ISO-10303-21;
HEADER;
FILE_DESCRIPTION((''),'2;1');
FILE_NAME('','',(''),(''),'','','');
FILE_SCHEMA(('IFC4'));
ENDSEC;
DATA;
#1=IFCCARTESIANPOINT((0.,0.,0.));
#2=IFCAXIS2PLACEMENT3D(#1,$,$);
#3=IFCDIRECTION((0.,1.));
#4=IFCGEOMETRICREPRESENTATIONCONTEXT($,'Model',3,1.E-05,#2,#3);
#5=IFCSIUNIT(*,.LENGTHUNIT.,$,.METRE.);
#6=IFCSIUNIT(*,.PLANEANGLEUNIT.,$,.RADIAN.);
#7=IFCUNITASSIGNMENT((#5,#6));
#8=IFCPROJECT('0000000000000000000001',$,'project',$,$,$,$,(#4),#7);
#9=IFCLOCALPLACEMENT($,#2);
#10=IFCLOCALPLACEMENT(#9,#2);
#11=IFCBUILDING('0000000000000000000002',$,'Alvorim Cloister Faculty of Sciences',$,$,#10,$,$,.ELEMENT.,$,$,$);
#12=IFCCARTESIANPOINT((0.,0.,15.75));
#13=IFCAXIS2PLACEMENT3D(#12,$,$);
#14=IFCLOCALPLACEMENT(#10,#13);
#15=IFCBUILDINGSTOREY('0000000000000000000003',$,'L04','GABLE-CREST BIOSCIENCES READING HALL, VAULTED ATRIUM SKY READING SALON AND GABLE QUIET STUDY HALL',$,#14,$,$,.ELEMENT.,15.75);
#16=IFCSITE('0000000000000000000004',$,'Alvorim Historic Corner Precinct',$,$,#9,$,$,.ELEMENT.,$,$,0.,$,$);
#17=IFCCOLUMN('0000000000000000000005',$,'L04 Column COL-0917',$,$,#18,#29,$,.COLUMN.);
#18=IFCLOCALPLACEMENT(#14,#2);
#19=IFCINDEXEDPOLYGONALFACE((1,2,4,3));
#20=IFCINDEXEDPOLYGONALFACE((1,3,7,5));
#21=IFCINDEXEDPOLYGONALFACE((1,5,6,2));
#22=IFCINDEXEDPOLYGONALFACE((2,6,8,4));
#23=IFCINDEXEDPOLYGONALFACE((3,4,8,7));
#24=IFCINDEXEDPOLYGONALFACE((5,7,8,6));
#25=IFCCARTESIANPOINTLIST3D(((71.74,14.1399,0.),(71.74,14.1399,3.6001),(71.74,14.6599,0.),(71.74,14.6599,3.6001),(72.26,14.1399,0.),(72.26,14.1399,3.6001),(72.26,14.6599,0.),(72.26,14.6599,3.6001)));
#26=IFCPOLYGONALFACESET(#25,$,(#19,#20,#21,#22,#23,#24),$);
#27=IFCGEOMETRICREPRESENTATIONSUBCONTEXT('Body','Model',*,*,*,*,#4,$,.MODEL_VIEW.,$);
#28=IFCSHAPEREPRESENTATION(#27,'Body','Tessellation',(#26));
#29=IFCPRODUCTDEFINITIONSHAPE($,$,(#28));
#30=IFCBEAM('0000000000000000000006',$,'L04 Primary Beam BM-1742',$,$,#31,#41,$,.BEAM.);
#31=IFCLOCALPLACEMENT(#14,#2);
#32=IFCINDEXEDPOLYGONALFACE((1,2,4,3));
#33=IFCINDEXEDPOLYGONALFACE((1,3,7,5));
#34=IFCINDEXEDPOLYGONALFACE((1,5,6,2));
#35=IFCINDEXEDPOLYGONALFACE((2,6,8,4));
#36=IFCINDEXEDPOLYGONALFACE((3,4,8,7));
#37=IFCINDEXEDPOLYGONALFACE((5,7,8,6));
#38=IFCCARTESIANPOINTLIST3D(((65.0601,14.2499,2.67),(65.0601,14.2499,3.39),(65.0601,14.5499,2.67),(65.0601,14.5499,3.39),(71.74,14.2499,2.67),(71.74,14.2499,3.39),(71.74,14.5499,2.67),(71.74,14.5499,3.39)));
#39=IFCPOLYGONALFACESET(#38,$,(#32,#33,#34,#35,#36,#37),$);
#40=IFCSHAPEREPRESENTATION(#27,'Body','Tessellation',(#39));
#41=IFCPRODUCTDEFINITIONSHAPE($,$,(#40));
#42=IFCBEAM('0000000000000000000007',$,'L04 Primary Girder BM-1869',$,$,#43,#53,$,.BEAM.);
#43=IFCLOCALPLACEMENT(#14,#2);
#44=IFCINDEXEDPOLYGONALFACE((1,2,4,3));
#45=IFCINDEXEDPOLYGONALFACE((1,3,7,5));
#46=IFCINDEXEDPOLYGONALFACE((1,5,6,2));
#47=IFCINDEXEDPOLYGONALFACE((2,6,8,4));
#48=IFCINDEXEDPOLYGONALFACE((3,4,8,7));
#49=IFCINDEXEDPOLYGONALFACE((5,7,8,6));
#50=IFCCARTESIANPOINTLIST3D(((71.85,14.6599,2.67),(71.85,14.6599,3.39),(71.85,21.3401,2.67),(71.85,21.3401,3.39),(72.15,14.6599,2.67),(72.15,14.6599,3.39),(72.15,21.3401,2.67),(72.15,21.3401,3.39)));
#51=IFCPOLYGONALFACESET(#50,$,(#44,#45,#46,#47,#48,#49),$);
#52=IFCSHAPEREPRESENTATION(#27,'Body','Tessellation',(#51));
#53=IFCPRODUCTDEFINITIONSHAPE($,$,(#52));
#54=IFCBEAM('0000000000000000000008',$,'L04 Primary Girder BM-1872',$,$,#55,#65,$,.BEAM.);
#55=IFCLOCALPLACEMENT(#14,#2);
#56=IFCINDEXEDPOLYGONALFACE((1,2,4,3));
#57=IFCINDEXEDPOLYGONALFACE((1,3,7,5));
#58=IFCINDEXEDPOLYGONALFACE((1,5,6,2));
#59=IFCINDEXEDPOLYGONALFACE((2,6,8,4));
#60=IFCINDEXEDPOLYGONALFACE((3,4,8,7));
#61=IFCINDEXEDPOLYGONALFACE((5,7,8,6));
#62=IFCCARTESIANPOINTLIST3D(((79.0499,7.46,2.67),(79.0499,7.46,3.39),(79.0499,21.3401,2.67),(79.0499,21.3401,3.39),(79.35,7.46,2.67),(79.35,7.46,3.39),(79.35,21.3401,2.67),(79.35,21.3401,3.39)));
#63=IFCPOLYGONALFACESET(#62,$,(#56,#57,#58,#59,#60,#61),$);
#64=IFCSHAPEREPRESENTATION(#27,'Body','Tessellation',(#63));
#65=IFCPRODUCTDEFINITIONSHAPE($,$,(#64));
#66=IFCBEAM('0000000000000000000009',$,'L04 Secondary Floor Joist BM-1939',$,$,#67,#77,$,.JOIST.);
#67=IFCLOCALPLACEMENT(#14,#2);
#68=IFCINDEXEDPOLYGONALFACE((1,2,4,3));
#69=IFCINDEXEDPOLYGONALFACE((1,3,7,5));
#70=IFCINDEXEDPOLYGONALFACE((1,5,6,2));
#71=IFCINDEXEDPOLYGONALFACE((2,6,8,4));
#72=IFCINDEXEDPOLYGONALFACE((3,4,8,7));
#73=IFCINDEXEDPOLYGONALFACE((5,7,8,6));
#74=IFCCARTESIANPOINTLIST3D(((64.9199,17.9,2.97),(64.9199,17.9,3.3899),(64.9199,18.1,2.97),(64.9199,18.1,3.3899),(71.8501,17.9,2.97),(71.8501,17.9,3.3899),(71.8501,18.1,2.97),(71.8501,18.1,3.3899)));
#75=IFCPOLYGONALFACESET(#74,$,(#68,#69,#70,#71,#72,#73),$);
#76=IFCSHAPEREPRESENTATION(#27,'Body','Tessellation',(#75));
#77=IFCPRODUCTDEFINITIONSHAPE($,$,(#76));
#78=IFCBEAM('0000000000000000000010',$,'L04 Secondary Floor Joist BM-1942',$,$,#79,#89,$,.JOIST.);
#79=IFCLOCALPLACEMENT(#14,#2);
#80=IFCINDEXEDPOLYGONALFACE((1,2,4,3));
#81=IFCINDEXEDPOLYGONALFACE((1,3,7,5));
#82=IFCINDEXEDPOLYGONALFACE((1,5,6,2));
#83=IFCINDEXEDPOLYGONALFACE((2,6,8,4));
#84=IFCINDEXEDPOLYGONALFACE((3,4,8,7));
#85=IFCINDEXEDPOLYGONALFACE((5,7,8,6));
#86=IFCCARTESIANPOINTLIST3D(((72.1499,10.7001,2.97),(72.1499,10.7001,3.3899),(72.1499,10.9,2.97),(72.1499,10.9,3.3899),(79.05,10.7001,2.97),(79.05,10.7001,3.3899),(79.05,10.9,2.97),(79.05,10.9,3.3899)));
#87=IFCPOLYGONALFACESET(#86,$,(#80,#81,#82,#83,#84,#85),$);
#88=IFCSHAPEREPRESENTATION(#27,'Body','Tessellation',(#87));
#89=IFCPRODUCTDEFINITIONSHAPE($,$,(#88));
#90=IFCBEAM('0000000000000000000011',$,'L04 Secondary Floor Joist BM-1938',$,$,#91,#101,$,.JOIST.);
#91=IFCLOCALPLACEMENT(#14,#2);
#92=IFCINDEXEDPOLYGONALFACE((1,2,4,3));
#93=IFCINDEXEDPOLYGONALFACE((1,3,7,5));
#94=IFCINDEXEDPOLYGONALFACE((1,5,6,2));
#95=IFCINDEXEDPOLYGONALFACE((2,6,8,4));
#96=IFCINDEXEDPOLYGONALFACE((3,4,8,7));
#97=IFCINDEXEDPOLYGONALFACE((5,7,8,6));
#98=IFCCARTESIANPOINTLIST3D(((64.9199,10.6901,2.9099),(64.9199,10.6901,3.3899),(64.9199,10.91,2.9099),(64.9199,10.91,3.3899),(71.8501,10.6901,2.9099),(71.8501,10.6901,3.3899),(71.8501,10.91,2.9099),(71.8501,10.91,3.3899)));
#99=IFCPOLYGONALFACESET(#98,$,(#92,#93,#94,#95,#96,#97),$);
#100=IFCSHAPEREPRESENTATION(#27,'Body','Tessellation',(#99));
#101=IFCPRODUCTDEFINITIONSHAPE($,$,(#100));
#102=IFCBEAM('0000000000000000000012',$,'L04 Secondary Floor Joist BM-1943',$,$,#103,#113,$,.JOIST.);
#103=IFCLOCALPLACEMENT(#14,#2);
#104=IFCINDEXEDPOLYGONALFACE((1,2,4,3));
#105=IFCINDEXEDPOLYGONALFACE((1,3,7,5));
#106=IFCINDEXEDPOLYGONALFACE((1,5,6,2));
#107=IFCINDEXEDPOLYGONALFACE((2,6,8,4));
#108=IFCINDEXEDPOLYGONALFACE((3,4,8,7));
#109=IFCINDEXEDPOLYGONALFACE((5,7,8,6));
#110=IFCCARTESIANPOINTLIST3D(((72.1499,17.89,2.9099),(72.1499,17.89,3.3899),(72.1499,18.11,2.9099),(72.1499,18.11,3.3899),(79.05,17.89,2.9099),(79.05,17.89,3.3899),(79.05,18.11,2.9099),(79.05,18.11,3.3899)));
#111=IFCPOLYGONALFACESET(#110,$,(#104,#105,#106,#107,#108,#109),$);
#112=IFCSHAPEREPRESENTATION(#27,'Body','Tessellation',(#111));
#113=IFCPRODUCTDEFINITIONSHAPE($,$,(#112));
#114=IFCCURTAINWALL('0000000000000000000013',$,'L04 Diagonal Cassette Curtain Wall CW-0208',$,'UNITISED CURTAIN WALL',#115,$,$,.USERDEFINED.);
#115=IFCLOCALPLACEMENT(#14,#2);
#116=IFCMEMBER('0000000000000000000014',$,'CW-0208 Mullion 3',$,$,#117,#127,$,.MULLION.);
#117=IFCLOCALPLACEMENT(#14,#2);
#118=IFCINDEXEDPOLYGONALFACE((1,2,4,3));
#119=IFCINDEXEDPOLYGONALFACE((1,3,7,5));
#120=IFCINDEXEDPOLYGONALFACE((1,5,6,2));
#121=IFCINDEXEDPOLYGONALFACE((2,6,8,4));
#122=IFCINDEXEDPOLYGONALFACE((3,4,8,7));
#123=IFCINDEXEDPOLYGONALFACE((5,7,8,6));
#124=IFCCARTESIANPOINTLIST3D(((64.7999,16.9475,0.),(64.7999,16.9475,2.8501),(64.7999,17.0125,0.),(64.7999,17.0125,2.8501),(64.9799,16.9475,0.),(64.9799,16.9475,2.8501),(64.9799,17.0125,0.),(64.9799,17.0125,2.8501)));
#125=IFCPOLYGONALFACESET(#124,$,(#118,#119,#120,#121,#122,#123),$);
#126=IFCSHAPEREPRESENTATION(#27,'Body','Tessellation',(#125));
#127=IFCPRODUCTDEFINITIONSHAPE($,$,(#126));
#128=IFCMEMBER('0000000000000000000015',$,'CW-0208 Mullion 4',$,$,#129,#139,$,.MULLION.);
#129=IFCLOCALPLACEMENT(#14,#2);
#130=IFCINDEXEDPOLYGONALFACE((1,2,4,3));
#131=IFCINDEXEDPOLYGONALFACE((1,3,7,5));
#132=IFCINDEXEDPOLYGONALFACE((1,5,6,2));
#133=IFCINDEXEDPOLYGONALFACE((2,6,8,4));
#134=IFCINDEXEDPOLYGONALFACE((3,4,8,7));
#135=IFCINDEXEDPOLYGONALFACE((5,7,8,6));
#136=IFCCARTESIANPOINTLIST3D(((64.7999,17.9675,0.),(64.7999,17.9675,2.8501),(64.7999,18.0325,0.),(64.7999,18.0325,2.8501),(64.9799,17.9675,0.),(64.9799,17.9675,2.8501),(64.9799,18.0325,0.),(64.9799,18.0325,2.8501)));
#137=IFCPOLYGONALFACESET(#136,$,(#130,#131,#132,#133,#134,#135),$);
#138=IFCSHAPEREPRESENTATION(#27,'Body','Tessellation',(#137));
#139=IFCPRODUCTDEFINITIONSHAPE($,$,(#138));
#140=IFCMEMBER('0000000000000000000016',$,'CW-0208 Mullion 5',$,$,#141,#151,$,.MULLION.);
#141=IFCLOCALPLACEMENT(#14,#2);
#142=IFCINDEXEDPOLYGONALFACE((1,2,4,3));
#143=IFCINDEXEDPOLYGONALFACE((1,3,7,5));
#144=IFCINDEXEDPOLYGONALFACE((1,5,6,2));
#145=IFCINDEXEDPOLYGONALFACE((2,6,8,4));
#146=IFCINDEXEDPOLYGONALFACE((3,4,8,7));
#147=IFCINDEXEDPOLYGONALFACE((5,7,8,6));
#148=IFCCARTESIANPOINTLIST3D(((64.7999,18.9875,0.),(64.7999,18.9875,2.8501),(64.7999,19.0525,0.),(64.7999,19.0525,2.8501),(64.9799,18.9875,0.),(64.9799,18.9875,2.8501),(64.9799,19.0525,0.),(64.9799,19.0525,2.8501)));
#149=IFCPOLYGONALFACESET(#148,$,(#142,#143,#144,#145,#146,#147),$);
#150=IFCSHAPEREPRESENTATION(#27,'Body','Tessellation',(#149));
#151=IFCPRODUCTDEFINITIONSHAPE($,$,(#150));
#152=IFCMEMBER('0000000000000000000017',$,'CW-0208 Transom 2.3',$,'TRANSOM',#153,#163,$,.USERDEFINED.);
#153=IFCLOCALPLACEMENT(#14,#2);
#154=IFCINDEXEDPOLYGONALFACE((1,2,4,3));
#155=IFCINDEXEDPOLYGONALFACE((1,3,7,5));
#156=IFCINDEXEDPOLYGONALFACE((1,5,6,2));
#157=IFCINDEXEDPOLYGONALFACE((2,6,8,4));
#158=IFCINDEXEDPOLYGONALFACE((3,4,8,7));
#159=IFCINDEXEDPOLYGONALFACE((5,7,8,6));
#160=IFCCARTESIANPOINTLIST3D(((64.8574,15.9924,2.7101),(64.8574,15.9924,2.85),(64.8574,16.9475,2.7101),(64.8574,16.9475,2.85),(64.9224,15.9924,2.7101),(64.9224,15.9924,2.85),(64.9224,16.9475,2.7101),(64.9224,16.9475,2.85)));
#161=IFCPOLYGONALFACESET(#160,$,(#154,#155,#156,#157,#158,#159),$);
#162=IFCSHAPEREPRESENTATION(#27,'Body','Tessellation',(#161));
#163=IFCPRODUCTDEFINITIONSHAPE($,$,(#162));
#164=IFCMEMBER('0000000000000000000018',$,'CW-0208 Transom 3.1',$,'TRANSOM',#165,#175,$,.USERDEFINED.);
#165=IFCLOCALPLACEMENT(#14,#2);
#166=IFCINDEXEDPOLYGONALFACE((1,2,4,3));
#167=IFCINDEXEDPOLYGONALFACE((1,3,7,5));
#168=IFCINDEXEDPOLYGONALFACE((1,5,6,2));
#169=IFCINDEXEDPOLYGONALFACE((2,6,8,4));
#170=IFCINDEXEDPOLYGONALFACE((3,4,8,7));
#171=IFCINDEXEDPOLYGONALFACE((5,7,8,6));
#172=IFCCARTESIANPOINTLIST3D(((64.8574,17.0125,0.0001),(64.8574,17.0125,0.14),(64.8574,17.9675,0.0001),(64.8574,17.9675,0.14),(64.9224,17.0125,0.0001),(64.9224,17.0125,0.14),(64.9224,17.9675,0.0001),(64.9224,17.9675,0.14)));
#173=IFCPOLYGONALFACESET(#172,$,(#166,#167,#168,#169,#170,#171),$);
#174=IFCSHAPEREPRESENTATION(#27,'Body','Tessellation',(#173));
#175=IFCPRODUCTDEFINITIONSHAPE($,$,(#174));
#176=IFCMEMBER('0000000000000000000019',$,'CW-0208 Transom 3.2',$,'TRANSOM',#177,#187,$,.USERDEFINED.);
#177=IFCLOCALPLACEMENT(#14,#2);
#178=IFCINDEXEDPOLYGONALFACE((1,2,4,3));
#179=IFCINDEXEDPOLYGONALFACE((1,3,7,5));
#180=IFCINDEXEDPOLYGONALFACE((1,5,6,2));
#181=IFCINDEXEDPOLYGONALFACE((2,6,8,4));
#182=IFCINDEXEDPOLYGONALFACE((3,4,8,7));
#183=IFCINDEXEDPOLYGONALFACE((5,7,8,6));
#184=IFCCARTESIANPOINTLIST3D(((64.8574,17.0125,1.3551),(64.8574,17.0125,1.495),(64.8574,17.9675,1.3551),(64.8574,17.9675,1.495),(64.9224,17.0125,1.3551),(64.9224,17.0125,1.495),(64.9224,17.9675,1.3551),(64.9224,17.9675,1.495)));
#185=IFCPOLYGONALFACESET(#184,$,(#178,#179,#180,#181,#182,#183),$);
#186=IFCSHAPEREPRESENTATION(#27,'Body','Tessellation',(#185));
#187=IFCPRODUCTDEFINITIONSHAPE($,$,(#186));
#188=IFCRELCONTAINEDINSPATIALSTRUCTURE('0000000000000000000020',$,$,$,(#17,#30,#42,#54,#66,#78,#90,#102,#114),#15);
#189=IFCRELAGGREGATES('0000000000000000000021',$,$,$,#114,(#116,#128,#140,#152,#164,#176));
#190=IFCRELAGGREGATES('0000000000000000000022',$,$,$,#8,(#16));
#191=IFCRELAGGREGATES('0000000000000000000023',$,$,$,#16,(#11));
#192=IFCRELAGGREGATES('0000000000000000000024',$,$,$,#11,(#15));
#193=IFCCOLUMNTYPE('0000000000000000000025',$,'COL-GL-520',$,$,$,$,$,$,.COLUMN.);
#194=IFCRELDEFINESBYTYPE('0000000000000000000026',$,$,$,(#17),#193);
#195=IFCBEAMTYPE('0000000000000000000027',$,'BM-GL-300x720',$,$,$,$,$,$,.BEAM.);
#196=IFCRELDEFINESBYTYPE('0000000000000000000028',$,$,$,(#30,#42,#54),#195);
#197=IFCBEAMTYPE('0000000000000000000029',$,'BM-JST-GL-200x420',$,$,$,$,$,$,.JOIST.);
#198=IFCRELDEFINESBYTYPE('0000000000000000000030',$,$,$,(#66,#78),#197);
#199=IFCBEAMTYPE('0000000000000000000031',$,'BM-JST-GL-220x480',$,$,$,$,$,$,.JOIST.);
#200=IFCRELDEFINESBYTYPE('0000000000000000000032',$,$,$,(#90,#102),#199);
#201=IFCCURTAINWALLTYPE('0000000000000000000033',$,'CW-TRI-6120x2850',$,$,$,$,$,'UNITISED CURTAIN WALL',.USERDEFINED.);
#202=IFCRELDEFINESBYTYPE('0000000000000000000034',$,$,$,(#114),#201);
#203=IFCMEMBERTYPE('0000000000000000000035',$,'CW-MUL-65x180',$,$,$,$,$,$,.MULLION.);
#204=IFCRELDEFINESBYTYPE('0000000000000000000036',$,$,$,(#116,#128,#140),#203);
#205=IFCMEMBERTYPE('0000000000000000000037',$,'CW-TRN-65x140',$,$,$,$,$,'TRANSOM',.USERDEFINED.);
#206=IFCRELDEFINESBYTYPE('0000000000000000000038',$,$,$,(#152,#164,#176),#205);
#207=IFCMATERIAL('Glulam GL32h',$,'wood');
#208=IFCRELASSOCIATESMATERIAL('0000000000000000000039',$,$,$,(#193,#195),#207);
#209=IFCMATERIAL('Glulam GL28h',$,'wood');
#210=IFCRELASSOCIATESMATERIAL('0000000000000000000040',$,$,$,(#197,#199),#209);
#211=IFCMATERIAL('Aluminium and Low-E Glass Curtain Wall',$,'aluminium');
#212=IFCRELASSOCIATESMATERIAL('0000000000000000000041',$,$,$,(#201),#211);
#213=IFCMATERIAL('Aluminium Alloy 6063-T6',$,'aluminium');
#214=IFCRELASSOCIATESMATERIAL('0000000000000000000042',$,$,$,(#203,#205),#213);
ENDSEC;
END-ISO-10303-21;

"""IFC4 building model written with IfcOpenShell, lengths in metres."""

from ifc_helpers import new_model, si_unit, direction, frame, origin, origin_2d, place, context, subcontext, project, spatial, rectangle, extrude, material, material_profile, profile_set, type_object, element, aggregate, save


model = new_model("IFC4")

# Units and contexts
model_context = context("Model", 3, precision=1e-05, world=origin(), true_north=direction((0.0, 1.0)))
body_context = subcontext(model_context, "Body", "Model", "MODEL_VIEW")
ifc_project = project(units=[si_unit("LENGTHUNIT", "METRE"), si_unit("PLANEANGLEUNIT", "RADIAN")], contexts=[model_context])

# Site, building, storey
site_placement = place(None, origin())
site = spatial("IfcSite", under=ifc_project, at=site_placement, Name="Alvorim Historic Corner Precinct", CompositionType="ELEMENT", RefElevation=0.0)
building_placement = place(site_placement, origin())
building = spatial("IfcBuilding", under=site, at=building_placement, Name="Alvorim Cloister Faculty of Sciences", CompositionType="ELEMENT")
storey_placement = place(building_placement, frame((0.0, 0.0, 15.75)))
storey = spatial("IfcBuildingStorey", under=building, at=storey_placement, Name="L04", Description="GABLE-CREST BIOSCIENCES READING HALL, VAULTED ATRIUM SKY READING SALON AND GABLE QUIET STUDY HALL", CompositionType="ELEMENT", Elevation=15.75)

# Column
ifc_material_1 = material(Name="Glulam GL32h", Category="wood")
ifc_material_profile_1 = material_profile(ifc_material_1, rectangle(XDim=0.52, YDim=0.52, at=origin_2d()), Name="GL32-COL-520x520")
ifc_profile_set_1 = profile_set([ifc_material_profile_1], Name="Glulam GL32h")
column_type = type_object("IfcColumnType", Name="COL-GL-520", PredefinedType="COLUMN", material=ifc_profile_set_1)
column_placement = place(storey_placement, frame((72.0, 14.3999, 0.0), z_axis=(0.0, 0.0, 1.0), x_axis=(1.0, 0.0, 0.0)))
element("IfcColumn", 1, at=column_placement, inside=storey, type_object=column_type, Name="L04 Column COL-0917", PredefinedType="COLUMN", context=body_context, shape_type="SweptSolid", body=[
    extrude(rectangle(XDim=0.52, YDim=0.52, at=origin_2d()), origin(), (0.0, 0.0, 1.0), 3.6001),
])

# Beams
ifc_material_profile_2 = material_profile(ifc_material_1, rectangle(XDim=0.3, YDim=0.72, at=origin_2d()), Name="GL32-BM-300x720")
ifc_profile_set_2 = profile_set([ifc_material_profile_2], Name="Glulam GL32h")
beam_type_1 = type_object("IfcBeamType", Name="BM-GL-300x720", PredefinedType="BEAM", material=ifc_profile_set_2)
beam_1_placement = place(storey_placement, frame((65.0601, 14.3999, 3.03), z_axis=(1.0, 0.0, 0.0), x_axis=(0.0, 1.0, 0.0)))
element("IfcBeam", 2, at=beam_1_placement, inside=storey, type_object=beam_type_1, Name="L04 Primary Beam BM-1742", PredefinedType="BEAM", context=body_context, shape_type="SweptSolid", body=[
    extrude(rectangle(XDim=0.3, YDim=0.72, at=origin_2d()), origin(), (0.0, 0.0, 1.0), 6.6799),
])
beam_2_placement = place(storey_placement, frame((72.0, 14.6599, 3.03), z_axis=(0.0, 1.0, 0.0), x_axis=(-1.0, 0.0, 0.0)))
element("IfcBeam", 3, at=beam_2_placement, inside=storey, type_object=beam_type_1, Name="L04 Primary Girder BM-1869", PredefinedType="BEAM", context=body_context, shape_type="SweptSolid", body=[
    extrude(rectangle(XDim=0.3, YDim=0.72, at=origin_2d()), origin(), (0.0, 0.0, 1.0), 6.6802),
])
beam_3_placement = place(storey_placement, frame((79.2, 7.46, 3.03), z_axis=(0.0, 1.0, 0.0), x_axis=(-1.0, 0.0, 0.0)))
element("IfcBeam", 4, at=beam_3_placement, inside=storey, type_object=beam_type_1, Name="L04 Primary Girder BM-1872", PredefinedType="BEAM", context=body_context, shape_type="SweptSolid", body=[
    extrude(rectangle(XDim=0.3, YDim=0.72, at=origin_2d()), origin(), (0.0, 0.0, 1.0), 13.8801),
])
ifc_material_2 = material(Name="Glulam GL28h", Category="wood")
ifc_material_profile_3 = material_profile(ifc_material_2, rectangle(XDim=0.2, YDim=0.4199, at=origin_2d()), Name="GL28-JST-200x420")
ifc_profile_set_3 = profile_set([ifc_material_profile_3], Name="Glulam GL28h")
beam_type_2 = type_object("IfcBeamType", Name="BM-JST-GL-200x420", PredefinedType="JOIST", material=ifc_profile_set_3)
beam_4_placement = place(storey_placement, frame((64.9199, 18.0, 3.1799), z_axis=(1.0, 0.0, 0.0), x_axis=(0.0, 1.0, 0.0)))
element("IfcBeam", 5, at=beam_4_placement, inside=storey, type_object=beam_type_2, Name="L04 Secondary Floor Joist BM-1939", PredefinedType="JOIST", context=body_context, shape_type="SweptSolid", body=[
    extrude(rectangle(XDim=0.2, YDim=0.4199, at=origin_2d()), origin(), (0.0, 0.0, 1.0), 6.9302),
])
beam_5_placement = place(storey_placement, frame((72.1499, 10.8, 3.1799), z_axis=(1.0, 0.0, 0.0), x_axis=(0.0, 1.0, 0.0)))
element("IfcBeam", 6, at=beam_5_placement, inside=storey, type_object=beam_type_2, Name="L04 Secondary Floor Joist BM-1942", PredefinedType="JOIST", context=body_context, shape_type="SweptSolid", body=[
    extrude(rectangle(XDim=0.2, YDim=0.4199, at=origin_2d()), origin(), (0.0, 0.0, 1.0), 6.9001),
])
ifc_material_profile_4 = material_profile(ifc_material_2, rectangle(XDim=0.22, YDim=0.48, at=origin_2d()), Name="GL28-JST-220x480")
ifc_profile_set_4 = profile_set([ifc_material_profile_4], Name="Glulam GL28h")
beam_type_3 = type_object("IfcBeamType", Name="BM-JST-GL-220x480", PredefinedType="JOIST", material=ifc_profile_set_4)
beam_6_placement = place(storey_placement, frame((64.9199, 10.8, 3.1499), z_axis=(1.0, 0.0, 0.0), x_axis=(0.0, 1.0, 0.0)))
element("IfcBeam", 7, at=beam_6_placement, inside=storey, type_object=beam_type_3, Name="L04 Secondary Floor Joist BM-1938", PredefinedType="JOIST", context=body_context, shape_type="SweptSolid", body=[
    extrude(rectangle(XDim=0.22, YDim=0.48, at=origin_2d()), origin(), (0.0, 0.0, 1.0), 6.9302),
])
beam_7_placement = place(storey_placement, frame((72.1499, 18.0, 3.1499), z_axis=(1.0, 0.0, 0.0), x_axis=(0.0, 1.0, 0.0)))
element("IfcBeam", 8, at=beam_7_placement, inside=storey, type_object=beam_type_3, Name="L04 Secondary Floor Joist BM-1943", PredefinedType="JOIST", context=body_context, shape_type="SweptSolid", body=[
    extrude(rectangle(XDim=0.22, YDim=0.48, at=origin_2d()), origin(), (0.0, 0.0, 1.0), 6.9001),
])

# Curtain wall, members
ifc_material_3 = material(Name="Aluminium and Low-E Glass Curtain Wall", Category="aluminium")
curtain_wall_type = type_object("IfcCurtainWallType", Name="CW-TRI-6120x2850", ElementType="UNITISED CURTAIN WALL", PredefinedType="USERDEFINED", material=ifc_material_3)
curtain_wall_placement = place(storey_placement, origin())
curtain_wall = element("IfcCurtainWall", 9, at=curtain_wall_placement, inside=storey, type_object=curtain_wall_type, Name="L04 Diagonal Cassette Curtain Wall CW-0208", ObjectType="UNITISED CURTAIN WALL", PredefinedType="USERDEFINED")
ifc_material_4 = material(Name="Aluminium Alloy 6063-T6", Category="aluminium")
ifc_material_profile_5 = material_profile(ifc_material_4, rectangle(XDim=0.0649, YDim=0.1799, at=origin_2d()), Name="ALU-MUL-65x180")
ifc_profile_set_5 = profile_set([ifc_material_profile_5], Name="Aluminium Alloy 6063-T6")
member_type_1 = type_object("IfcMemberType", Name="CW-MUL-65x180", PredefinedType="MULLION", material=ifc_profile_set_5)
member_1_placement = place(storey_placement, frame((64.8899, 16.98, 0.0), z_axis=(0.0, 0.0, 1.0), x_axis=(0.0, 1.0, 0.0)))
member_1 = element("IfcMember", 10, at=member_1_placement, type_object=member_type_1, Name="CW-0208 Mullion 3", PredefinedType="MULLION", context=body_context, shape_type="SweptSolid", body=[
    extrude(rectangle(XDim=0.0649, YDim=0.1799, at=origin_2d()), origin(), (0.0, 0.0, 1.0), 2.8501),
])
member_2_placement = place(storey_placement, frame((64.8899, 18.0, 0.0), z_axis=(0.0, 0.0, 1.0), x_axis=(0.0, 1.0, 0.0)))
member_2 = element("IfcMember", 11, at=member_2_placement, type_object=member_type_1, Name="CW-0208 Mullion 4", PredefinedType="MULLION", context=body_context, shape_type="SweptSolid", body=[
    extrude(rectangle(XDim=0.0649, YDim=0.1799, at=origin_2d()), origin(), (0.0, 0.0, 1.0), 2.8501),
])
member_3_placement = place(storey_placement, frame((64.8899, 19.02, 0.0), z_axis=(0.0, 0.0, 1.0), x_axis=(0.0, 1.0, 0.0)))
member_3 = element("IfcMember", 12, at=member_3_placement, type_object=member_type_1, Name="CW-0208 Mullion 5", PredefinedType="MULLION", context=body_context, shape_type="SweptSolid", body=[
    extrude(rectangle(XDim=0.0649, YDim=0.1799, at=origin_2d()), origin(), (0.0, 0.0, 1.0), 2.8501),
])
ifc_material_profile_6 = material_profile(ifc_material_4, rectangle(XDim=0.0649, YDim=0.1399, at=origin_2d()), Name="ALU-TRN-65x140")
ifc_profile_set_6 = profile_set([ifc_material_profile_6], Name="Aluminium Alloy 6063-T6")
member_type_2 = type_object("IfcMemberType", Name="CW-TRN-65x140", ElementType="TRANSOM", PredefinedType="USERDEFINED", material=ifc_profile_set_6)
member_4_placement = place(storey_placement, frame((64.8899, 15.9924, 2.78), z_axis=(0.0, 1.0, 0.0), x_axis=(-1.0, 0.0, 0.0)))
member_4 = element("IfcMember", 13, at=member_4_placement, type_object=member_type_2, Name="CW-0208 Transom 2.3", ObjectType="TRANSOM", PredefinedType="USERDEFINED", context=body_context, shape_type="SweptSolid", body=[
    extrude(rectangle(XDim=0.0649, YDim=0.1399, at=origin_2d()), origin(), (0.0, 0.0, 1.0), 0.9551),
])
member_5_placement = place(storey_placement, frame((64.8899, 17.0125, 0.0701), z_axis=(0.0, 1.0, 0.0), x_axis=(-1.0, 0.0, 0.0)))
member_5 = element("IfcMember", 14, at=member_5_placement, type_object=member_type_2, Name="CW-0208 Transom 3.1", ObjectType="TRANSOM", PredefinedType="USERDEFINED", context=body_context, shape_type="SweptSolid", body=[
    extrude(rectangle(XDim=0.0649, YDim=0.1399, at=origin_2d()), origin(), (0.0, 0.0, 1.0), 0.9551),
])
member_6_placement = place(storey_placement, frame((64.8899, 17.0125, 1.425), z_axis=(0.0, 1.0, 0.0), x_axis=(-1.0, 0.0, 0.0)))
member_6 = element("IfcMember", 15, at=member_6_placement, type_object=member_type_2, Name="CW-0208 Transom 3.2", ObjectType="TRANSOM", PredefinedType="USERDEFINED", context=body_context, shape_type="SweptSolid", body=[
    extrude(rectangle(XDim=0.0649, YDim=0.1399, at=origin_2d()), origin(), (0.0, 0.0, 1.0), 0.9551),
])
aggregate(curtain_wall, [member_1, member_2, member_3, member_4, member_5, member_6])

save(model, "model.ifc")
